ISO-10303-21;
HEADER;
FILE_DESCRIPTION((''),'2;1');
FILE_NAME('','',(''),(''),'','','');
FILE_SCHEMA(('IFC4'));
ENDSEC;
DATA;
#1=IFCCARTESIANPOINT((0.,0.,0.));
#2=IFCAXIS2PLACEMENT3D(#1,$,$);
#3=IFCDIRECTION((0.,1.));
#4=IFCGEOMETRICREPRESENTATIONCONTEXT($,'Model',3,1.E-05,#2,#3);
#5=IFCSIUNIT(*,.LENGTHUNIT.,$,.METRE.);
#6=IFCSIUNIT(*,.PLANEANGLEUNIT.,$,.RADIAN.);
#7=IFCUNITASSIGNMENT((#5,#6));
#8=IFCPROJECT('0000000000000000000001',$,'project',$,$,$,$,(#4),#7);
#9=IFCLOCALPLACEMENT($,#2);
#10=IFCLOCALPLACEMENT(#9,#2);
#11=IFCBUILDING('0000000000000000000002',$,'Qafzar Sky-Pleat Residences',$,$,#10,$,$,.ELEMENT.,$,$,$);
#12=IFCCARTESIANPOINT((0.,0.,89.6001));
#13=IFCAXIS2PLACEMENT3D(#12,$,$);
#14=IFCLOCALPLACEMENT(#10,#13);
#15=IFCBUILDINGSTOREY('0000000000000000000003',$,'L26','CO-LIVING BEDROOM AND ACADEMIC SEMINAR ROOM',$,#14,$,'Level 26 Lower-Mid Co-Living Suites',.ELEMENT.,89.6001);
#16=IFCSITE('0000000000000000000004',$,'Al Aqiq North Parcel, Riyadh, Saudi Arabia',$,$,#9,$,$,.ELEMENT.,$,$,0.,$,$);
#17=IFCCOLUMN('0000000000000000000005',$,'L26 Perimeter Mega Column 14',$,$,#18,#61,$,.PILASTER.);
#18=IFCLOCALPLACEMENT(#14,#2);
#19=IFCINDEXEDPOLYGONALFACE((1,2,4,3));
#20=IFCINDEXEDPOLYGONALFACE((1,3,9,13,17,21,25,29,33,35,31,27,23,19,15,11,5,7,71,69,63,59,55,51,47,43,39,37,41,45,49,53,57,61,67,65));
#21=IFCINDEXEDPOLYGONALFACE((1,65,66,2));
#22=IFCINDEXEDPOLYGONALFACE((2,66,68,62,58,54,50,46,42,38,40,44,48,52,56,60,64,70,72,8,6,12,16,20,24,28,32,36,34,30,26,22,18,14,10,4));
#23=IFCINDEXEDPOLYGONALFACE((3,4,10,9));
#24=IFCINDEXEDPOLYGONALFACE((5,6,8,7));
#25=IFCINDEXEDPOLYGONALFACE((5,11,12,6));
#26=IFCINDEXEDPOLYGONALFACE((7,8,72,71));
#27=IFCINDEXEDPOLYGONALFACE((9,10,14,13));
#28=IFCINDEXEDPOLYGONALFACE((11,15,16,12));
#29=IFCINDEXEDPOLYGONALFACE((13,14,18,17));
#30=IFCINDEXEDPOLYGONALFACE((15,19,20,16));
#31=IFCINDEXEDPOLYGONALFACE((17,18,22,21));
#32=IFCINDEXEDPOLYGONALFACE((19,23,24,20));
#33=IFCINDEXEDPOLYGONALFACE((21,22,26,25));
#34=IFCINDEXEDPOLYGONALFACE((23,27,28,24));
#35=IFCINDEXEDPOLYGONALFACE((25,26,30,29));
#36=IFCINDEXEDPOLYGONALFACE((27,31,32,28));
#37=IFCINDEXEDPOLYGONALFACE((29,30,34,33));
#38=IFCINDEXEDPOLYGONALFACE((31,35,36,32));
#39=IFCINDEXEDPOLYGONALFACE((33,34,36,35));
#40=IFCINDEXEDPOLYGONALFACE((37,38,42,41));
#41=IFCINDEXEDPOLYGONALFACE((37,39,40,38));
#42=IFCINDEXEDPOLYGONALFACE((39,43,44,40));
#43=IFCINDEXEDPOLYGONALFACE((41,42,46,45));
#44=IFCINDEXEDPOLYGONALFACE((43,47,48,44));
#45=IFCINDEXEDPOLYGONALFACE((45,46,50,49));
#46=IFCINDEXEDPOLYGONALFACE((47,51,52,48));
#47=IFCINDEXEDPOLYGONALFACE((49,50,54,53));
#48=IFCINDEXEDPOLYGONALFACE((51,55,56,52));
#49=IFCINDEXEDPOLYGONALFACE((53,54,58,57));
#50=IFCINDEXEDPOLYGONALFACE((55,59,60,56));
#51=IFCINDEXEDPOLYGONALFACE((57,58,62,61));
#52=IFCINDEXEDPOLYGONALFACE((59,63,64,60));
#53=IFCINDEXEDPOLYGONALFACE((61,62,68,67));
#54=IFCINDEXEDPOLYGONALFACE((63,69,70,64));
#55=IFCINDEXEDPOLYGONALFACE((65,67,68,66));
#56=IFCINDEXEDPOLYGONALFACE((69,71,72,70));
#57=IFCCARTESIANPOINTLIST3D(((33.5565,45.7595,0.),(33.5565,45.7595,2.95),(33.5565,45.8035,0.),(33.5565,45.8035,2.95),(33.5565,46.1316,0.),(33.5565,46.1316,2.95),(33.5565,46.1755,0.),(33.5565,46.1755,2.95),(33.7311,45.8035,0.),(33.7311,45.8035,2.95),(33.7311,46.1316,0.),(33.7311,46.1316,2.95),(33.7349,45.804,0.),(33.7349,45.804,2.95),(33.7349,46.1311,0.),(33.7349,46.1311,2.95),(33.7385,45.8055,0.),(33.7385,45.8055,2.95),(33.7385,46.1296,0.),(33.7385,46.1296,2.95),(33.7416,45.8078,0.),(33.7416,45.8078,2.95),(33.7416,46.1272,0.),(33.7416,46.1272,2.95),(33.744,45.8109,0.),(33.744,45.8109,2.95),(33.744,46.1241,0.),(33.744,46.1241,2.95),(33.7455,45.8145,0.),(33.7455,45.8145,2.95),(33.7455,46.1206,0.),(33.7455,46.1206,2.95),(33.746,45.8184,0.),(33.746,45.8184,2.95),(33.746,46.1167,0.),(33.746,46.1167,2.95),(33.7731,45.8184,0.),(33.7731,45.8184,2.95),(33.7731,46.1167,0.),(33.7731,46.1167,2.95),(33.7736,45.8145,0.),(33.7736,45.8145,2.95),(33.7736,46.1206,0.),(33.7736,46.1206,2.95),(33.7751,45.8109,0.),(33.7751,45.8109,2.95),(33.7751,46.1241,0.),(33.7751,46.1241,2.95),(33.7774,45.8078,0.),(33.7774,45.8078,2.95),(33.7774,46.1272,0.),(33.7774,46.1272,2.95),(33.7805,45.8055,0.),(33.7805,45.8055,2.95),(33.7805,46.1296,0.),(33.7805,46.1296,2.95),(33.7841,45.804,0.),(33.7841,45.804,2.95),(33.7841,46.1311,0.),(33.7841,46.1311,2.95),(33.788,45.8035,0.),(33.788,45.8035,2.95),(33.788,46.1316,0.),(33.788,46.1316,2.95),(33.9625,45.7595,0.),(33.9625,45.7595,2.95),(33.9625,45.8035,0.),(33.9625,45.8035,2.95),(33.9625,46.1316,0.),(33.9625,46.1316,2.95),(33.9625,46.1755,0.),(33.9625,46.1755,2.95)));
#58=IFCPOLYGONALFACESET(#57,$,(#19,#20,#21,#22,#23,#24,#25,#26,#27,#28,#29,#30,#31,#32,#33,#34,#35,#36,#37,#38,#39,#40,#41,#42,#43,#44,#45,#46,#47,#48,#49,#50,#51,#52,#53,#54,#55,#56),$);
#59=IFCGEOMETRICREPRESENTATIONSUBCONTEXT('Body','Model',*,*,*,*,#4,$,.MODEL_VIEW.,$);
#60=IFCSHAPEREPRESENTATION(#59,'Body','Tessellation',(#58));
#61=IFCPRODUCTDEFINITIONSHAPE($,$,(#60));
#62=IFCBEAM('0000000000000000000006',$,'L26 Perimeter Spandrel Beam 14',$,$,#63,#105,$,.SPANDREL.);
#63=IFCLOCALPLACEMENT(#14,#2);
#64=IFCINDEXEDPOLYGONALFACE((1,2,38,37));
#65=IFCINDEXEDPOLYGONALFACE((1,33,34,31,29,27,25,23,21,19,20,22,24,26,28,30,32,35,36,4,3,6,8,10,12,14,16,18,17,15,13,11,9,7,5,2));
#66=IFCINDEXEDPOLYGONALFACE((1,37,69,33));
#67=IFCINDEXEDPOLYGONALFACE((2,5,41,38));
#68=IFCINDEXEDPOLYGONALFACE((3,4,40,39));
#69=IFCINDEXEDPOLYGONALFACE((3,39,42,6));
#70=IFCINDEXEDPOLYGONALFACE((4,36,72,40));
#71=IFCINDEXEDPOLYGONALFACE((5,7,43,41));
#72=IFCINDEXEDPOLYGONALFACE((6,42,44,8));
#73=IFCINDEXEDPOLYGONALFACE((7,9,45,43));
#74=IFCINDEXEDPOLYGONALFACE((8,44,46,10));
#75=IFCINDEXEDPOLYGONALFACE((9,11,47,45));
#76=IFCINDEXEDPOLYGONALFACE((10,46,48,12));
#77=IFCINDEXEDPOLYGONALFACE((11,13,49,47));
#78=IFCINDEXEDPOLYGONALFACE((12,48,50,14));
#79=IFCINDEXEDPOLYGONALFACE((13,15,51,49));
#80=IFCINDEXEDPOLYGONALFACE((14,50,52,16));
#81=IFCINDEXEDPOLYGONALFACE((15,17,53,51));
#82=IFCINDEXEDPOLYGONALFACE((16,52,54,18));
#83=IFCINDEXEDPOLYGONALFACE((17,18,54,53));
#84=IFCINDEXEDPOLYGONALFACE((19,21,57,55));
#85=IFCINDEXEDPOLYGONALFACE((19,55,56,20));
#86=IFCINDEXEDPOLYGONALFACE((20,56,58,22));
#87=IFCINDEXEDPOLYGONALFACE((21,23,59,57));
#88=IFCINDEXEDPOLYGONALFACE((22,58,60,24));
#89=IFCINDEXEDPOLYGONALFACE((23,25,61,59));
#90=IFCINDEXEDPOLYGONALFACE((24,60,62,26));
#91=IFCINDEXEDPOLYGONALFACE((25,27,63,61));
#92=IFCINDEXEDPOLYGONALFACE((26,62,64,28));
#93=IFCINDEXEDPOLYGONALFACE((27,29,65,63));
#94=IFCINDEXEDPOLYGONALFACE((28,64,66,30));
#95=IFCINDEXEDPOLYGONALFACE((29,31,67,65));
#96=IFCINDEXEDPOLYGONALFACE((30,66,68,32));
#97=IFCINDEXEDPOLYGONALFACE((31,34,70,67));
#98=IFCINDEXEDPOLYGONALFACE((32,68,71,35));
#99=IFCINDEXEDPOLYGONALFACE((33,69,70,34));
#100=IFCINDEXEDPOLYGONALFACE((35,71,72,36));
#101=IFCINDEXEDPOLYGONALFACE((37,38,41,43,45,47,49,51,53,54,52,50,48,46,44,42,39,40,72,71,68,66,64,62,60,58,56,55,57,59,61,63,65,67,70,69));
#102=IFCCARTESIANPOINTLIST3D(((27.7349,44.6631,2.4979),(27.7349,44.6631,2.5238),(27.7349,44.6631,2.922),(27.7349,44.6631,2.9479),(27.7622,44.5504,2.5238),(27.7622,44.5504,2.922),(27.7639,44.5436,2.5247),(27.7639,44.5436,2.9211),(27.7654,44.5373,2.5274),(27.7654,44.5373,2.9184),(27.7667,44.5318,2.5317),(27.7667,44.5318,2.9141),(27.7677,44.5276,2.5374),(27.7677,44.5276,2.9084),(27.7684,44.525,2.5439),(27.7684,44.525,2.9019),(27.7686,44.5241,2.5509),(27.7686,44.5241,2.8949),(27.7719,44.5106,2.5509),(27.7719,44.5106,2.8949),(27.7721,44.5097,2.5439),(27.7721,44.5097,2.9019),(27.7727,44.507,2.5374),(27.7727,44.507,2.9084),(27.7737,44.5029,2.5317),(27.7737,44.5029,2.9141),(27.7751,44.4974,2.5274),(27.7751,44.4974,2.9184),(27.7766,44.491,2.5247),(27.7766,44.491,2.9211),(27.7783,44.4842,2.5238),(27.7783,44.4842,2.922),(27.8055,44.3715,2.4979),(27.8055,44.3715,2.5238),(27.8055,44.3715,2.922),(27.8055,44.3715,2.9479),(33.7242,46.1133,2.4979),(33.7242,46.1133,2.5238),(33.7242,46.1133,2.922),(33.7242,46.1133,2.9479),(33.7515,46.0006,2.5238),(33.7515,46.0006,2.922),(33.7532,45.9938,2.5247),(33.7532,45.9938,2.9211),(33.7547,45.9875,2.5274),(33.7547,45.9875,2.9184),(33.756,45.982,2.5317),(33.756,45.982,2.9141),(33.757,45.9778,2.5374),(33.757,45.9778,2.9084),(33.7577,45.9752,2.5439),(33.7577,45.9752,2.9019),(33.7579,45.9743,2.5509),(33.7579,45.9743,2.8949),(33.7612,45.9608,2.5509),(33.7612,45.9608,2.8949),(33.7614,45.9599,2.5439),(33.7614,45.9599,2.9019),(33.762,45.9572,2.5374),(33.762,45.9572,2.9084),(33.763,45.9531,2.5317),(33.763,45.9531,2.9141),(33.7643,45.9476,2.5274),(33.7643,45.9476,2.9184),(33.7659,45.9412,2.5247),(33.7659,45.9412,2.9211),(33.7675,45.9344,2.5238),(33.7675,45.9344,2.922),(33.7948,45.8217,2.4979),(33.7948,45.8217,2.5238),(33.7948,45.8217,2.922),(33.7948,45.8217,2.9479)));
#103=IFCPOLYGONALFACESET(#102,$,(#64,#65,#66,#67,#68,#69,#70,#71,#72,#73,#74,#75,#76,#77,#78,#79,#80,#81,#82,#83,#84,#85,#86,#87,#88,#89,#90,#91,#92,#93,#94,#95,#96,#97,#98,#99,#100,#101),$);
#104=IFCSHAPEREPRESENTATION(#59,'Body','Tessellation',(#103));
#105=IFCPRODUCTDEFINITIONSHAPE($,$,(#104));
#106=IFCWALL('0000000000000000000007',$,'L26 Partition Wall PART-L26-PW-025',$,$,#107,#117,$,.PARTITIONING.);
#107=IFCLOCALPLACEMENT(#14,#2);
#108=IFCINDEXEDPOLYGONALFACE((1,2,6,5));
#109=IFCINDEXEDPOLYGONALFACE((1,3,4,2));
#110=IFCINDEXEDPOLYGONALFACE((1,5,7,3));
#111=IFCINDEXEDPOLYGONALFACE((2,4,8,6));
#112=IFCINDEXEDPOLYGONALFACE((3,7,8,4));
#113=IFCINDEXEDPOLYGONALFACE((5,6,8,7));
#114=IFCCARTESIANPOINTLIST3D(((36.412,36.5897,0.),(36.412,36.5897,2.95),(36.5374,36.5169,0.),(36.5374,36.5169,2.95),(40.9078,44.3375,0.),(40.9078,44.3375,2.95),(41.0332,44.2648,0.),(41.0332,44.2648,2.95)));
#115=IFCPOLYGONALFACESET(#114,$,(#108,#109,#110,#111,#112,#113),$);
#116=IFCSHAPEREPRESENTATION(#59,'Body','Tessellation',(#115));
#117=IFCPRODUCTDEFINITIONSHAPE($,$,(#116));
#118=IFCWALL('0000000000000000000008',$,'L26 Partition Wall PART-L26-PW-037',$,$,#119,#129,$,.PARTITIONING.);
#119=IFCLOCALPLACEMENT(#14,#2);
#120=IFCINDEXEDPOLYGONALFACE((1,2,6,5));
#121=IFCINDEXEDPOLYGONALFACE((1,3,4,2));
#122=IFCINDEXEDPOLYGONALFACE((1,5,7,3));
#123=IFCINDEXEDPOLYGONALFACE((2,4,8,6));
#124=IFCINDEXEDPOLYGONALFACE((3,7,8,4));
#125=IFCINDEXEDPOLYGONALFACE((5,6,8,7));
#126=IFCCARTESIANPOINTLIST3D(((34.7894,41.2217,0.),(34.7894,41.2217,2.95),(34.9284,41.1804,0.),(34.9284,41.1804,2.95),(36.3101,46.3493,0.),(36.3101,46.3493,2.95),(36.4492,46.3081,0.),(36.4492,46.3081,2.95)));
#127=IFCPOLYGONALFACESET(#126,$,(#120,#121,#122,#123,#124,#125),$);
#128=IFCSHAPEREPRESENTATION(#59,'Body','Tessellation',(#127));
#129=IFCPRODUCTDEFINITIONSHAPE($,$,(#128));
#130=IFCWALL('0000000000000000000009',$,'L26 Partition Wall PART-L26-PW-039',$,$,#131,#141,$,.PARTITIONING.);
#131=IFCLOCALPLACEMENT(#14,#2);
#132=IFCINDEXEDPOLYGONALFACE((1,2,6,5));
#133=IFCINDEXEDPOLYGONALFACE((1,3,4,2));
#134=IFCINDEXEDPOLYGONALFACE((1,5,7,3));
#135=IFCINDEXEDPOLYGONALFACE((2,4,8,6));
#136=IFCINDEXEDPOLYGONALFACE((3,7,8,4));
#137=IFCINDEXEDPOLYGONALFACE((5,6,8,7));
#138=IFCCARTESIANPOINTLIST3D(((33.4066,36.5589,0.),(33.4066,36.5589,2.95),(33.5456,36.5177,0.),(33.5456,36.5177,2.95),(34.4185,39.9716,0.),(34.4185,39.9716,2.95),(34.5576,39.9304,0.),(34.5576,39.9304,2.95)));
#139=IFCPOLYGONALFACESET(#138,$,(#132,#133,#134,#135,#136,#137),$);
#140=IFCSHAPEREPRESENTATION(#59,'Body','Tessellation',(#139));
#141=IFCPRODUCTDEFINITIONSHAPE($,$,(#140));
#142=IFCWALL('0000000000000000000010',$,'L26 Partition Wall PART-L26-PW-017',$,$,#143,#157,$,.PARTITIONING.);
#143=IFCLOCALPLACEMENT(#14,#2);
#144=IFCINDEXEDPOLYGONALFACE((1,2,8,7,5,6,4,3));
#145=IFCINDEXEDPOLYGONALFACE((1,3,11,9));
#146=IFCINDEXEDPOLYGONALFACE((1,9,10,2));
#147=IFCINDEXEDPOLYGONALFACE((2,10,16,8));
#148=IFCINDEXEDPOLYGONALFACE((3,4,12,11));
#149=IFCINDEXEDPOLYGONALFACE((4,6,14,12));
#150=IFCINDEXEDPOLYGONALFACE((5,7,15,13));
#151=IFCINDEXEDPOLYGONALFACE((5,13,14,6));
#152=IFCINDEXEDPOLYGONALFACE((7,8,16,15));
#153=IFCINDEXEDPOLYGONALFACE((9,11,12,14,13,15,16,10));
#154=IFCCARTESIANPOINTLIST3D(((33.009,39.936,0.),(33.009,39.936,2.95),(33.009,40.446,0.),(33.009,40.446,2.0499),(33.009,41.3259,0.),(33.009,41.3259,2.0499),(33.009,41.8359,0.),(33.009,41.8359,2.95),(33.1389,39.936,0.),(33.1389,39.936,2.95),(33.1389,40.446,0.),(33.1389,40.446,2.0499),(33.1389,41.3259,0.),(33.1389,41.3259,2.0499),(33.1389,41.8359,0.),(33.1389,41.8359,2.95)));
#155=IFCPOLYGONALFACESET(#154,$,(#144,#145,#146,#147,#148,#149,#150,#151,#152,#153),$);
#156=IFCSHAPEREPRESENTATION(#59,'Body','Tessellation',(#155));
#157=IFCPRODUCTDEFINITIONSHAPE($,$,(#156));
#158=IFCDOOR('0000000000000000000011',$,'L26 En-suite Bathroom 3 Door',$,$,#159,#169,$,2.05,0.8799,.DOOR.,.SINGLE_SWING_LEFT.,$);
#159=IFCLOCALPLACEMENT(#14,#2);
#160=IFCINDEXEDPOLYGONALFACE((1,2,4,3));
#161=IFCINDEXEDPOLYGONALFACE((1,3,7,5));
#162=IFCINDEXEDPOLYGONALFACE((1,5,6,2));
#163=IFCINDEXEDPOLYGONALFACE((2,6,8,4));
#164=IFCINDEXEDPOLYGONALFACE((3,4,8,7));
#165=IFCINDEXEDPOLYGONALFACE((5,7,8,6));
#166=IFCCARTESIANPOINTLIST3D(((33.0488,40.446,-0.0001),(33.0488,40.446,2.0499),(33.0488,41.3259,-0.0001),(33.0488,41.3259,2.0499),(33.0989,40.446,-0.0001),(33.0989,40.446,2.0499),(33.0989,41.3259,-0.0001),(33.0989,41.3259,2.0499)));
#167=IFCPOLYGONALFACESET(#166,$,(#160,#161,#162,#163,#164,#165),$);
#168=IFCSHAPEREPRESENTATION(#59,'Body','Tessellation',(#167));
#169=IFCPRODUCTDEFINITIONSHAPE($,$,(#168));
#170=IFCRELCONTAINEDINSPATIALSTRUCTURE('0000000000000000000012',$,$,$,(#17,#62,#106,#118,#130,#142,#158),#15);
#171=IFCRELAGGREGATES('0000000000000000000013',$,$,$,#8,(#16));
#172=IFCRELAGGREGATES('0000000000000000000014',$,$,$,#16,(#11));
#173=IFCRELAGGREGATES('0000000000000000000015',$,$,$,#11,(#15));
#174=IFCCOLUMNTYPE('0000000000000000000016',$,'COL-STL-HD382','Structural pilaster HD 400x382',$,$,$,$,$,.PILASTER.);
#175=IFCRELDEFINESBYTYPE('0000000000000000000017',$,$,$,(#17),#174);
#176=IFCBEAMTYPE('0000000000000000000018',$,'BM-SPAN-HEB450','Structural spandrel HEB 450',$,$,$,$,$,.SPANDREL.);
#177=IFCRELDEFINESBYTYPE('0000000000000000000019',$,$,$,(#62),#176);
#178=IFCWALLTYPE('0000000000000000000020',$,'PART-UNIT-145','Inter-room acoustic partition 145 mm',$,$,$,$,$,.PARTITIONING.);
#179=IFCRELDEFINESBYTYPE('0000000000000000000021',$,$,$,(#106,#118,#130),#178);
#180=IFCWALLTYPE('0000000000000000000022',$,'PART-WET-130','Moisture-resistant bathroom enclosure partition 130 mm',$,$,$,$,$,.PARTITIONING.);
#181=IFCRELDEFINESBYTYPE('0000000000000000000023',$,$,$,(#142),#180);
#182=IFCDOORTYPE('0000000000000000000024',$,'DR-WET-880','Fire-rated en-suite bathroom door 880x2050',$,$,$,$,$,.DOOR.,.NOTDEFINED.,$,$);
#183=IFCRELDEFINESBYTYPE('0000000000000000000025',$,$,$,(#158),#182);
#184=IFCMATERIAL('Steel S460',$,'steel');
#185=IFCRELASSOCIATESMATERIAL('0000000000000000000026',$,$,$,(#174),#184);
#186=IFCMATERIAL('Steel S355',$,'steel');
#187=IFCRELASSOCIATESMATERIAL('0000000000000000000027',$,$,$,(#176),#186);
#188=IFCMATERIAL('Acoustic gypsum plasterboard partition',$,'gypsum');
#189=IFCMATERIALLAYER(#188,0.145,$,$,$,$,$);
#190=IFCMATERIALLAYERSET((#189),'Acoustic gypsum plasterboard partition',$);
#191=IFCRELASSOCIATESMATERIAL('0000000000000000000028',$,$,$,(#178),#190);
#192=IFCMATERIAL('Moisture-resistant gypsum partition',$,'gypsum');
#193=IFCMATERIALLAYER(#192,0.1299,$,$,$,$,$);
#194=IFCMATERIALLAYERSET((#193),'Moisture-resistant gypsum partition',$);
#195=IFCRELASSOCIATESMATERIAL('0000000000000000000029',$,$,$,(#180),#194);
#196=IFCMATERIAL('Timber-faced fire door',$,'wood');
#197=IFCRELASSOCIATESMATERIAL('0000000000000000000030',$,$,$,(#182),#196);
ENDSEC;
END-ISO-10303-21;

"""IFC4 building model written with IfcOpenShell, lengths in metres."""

from ifc_helpers import new_model, si_unit, direction, frame, frame_2d, origin, origin_2d, place, context, subcontext, project, spatial, rectangle, i_section, extrude, source, transform, mapped, material, layer, layer_set, material_profile, profile_set, type_object, element, fill, save


model = new_model("IFC4")

# Units and contexts
model_context = context("Model", 3, precision=1e-05, world=origin(), true_north=direction((0.0, 1.0)))
body_context = subcontext(model_context, "Body", "Model", "MODEL_VIEW")
ifc_project = project(units=[si_unit("LENGTHUNIT", "METRE"), si_unit("PLANEANGLEUNIT", "RADIAN")], contexts=[model_context])

# Site, building, storey
site_placement = place(None, origin())
site = spatial("IfcSite", under=ifc_project, at=site_placement, Name="Al Aqiq North Parcel, Riyadh, Saudi Arabia", CompositionType="ELEMENT", RefElevation=0.0)
building_placement = place(site_placement, origin())
building = spatial("IfcBuilding", under=site, at=building_placement, Name="Qafzar Sky-Pleat Residences", CompositionType="ELEMENT")
storey_placement = place(building_placement, frame((0.0, 0.0, 89.6001)))
storey = spatial("IfcBuildingStorey", under=building, at=storey_placement, Name="L26", Description="CO-LIVING BEDROOM AND ACADEMIC SEMINAR ROOM", LongName="Level 26 Lower-Mid Co-Living Suites", CompositionType="ELEMENT", Elevation=89.6001)

# Column
ifc_material_1 = material(Name="Steel S460", Category="steel")
ifc_material_profile_1 = material_profile(ifc_material_1, i_section(OverallWidth=0.406, OverallDepth=0.416, WebThickness=0.0271, FlangeThickness=0.0439, FilletRadius=0.0149, at=origin_2d()), Name="HD 400x382")
ifc_profile_set_1 = profile_set([ifc_material_profile_1], Name="Steel S460")
column_type = type_object("IfcColumnType", Name="COL-STL-HD382", Description="Structural pilaster HD 400x382", PredefinedType="PILASTER", material=ifc_profile_set_1)
shared_shape_1 = source(origin(), body_context, "Body", "SweptSolid", [
    extrude(i_section(OverallWidth=0.406, OverallDepth=0.416, WebThickness=0.0271, FlangeThickness=0.0439, FilletRadius=0.0149, at=origin_2d()), origin(), (0.0, 0.0, 1.0), 2.95),
])
column_placement = place(storey_placement, frame((33.7595, 45.9675, 0.0), z_axis=(0.0, 0.0, 1.0), x_axis=(1.0, 0.0, 0.0)))
element("IfcColumn", 1, at=column_placement, inside=storey, type_object=column_type, Name="L26 Perimeter Mega Column 14", PredefinedType="PILASTER", context=body_context, shape_type="MappedRepresentation", body=[
    mapped(shared_shape_1, transform((0.0, 0.0, 0.0), x_axis=(1.0, 0.0, 0.0), y_axis=(0.0, 1.0, 0.0), z_axis=(0.0, 0.0, 1.0), scale=1.0)),
])

# Beam
ifc_material_2 = material(Name="Steel S355", Category="steel")
ifc_material_profile_2 = material_profile(ifc_material_2, i_section(OverallWidth=0.3, OverallDepth=0.45, WebThickness=0.0139, FlangeThickness=0.0259, FilletRadius=0.0271, at=origin_2d()), Name="HEB 450")
ifc_profile_set_2 = profile_set([ifc_material_profile_2], Name="Steel S355")
beam_type = type_object("IfcBeamType", Name="BM-SPAN-HEB450", Description="Structural spandrel HEB 450", PredefinedType="SPANDREL", material=ifc_profile_set_2)
shared_shape_2 = source(origin(), body_context, "Body", "SweptSolid", [
    extrude(i_section(OverallWidth=0.3, OverallDepth=0.45, WebThickness=0.0139, FlangeThickness=0.0259, FilletRadius=0.0271, at=origin_2d()), origin(), (0.0, 0.0, 1.0), 6.1624),
])
beam_placement = place(storey_placement, frame((33.7595, 45.9675, 2.7229), z_axis=(-0.971915, -0.235332, 0.0), x_axis=(0.235332, -0.971915, 0.0)))
element("IfcBeam", 2, at=beam_placement, inside=storey, type_object=beam_type, Name="L26 Perimeter Spandrel Beam 14", PredefinedType="SPANDREL", context=body_context, shape_type="MappedRepresentation", body=[
    mapped(shared_shape_2, transform((0.0, 0.0, 0.0), x_axis=(1.0, 0.0, 0.0), y_axis=(0.0, 1.0, 0.0), z_axis=(0.0, 0.0, 1.0), scale=1.0)),
])

# Walls
ifc_material_3 = material(Name="Acoustic gypsum plasterboard partition", Category="gypsum")
ifc_layer_1 = layer(ifc_material_3, 0.145)
ifc_layer_set_1 = layer_set([ifc_layer_1], Name="Acoustic gypsum plasterboard partition")
wall_type_1 = type_object("IfcWallType", Name="PART-UNIT-145", Description="Inter-room acoustic partition 145 mm", PredefinedType="PARTITIONING", material=ifc_layer_set_1)
wall_1_placement = place(storey_placement, frame((36.4746, 36.5532, 0.0), z_axis=(0.0, 0.0, 1.0), x_axis=(0.501896, 0.864928, 0.0)))
element("IfcWall", 3, at=wall_1_placement, inside=storey, type_object=wall_type_1, Name="L26 Partition Wall PART-L26-PW-025", PredefinedType="PARTITIONING", context=body_context, shape_type="SweptSolid", body=[
    extrude(rectangle(XDim=8.9578, YDim=0.145, at=frame_2d((4.479, 0.0))), origin(), (0.0, 0.0, 1.0), 2.95),
])
wall_2_placement = place(storey_placement, frame((34.8589, 41.2009, 0.0), z_axis=(0.0, 0.0, 1.0), x_axis=(0.284335, 0.958725, 0.0)))
element("IfcWall", 4, at=wall_2_placement, inside=storey, type_object=wall_type_1, Name="L26 Partition Wall PART-L26-PW-037", PredefinedType="PARTITIONING", context=body_context, shape_type="SweptSolid", body=[
    extrude(rectangle(XDim=5.3484, YDim=0.145, at=frame_2d((2.6743, 0.0))), origin(), (0.0, 0.0, 1.0), 2.95),
])
wall_3_placement = place(storey_placement, frame((33.4761, 36.5383, 0.0), z_axis=(0.0, 0.0, 1.0), x_axis=(0.284301, 0.958735, 0.0)))
element("IfcWall", 5, at=wall_3_placement, inside=storey, type_object=wall_type_1, Name="L26 Partition Wall PART-L26-PW-039", PredefinedType="PARTITIONING", context=body_context, shape_type="SweptSolid", body=[
    extrude(rectangle(XDim=3.5596, YDim=0.145, at=frame_2d((1.7798, 0.0))), origin(), (0.0, 0.0, 1.0), 2.95),
])

# Wall, opening, door
ifc_material_4 = material(Name="Moisture-resistant gypsum partition", Category="gypsum")
ifc_layer_2 = layer(ifc_material_4, 0.1299)
ifc_layer_set_2 = layer_set([ifc_layer_2], Name="Moisture-resistant gypsum partition")
wall_type_2 = type_object("IfcWallType", Name="PART-WET-130", Description="Moisture-resistant bathroom enclosure partition 130 mm", PredefinedType="PARTITIONING", material=ifc_layer_set_2)
wall_4_placement = place(storey_placement, frame((33.074, 41.8359, 0.0), z_axis=(0.0, 0.0, 1.0), x_axis=(0.0, -1.0, 0.0)))
wall_4 = element("IfcWall", 6, at=wall_4_placement, inside=storey, type_object=wall_type_2, Name="L26 Partition Wall PART-L26-PW-017", PredefinedType="PARTITIONING", context=body_context, shape_type="SweptSolid", body=[
    extrude(rectangle(XDim=1.8999, YDim=0.1299, at=frame_2d((0.95, 0.0))), origin(), (0.0, 0.0, 1.0), 2.95),
])
opening_1_placement = place(wall_4_placement, frame((0.51, 0.0, 0.0)))
opening_1 = element("IfcOpeningElement", 7, at=opening_1_placement, cuts=wall_4, PredefinedType="OPENING", context=body_context, shape_type="SweptSolid", body=[
    extrude(rectangle(XDim=0.8799, YDim=2.05, at=frame_2d((0.4399, 1.0249))), frame((0.0, 0.075, 0.0), z_axis=(0.0, -1.0, 0.0), x_axis=(1.0, 0.0, 0.0)), (0.0, 0.0, 1.0), 0.1499),
])
ifc_material_5 = material(Name="Timber-faced fire door", Category="wood")
door_type = type_object("IfcDoorType", Name="DR-WET-880", Description="Fire-rated en-suite bathroom door 880x2050", OperationType="NOTDEFINED", PredefinedType="DOOR", material=ifc_material_5)
shared_shape_3 = source(origin(), body_context, "Body", "SweptSolid", [
    extrude(rectangle(XDim=0.8799, YDim=2.05, at=frame_2d((0.4399, 1.0249))), frame((0.0, 0.0249, 0.0), z_axis=(0.0, -1.0, 0.0), x_axis=(1.0, 0.0, 0.0)), (0.0, 0.0, 1.0), 0.05),
])
door_placement = place(opening_1_placement, origin())
door = element("IfcDoor", 8, at=door_placement, inside=storey, type_object=door_type, Name="L26 En-suite Bathroom 3 Door", OperationType="SINGLE_SWING_LEFT", OverallHeight=2.05, OverallWidth=0.8799, PredefinedType="DOOR", context=body_context, shape_type="MappedRepresentation", body=[
    mapped(shared_shape_3, transform((0.0, 0.0, 0.0), x_axis=(1.0, 0.0, 0.0), y_axis=(0.0, 1.0, 0.0), z_axis=(0.0, 0.0, 1.0), scale=1.0)),
])
fill(opening_1, door)

save(model, "model.ifc")
